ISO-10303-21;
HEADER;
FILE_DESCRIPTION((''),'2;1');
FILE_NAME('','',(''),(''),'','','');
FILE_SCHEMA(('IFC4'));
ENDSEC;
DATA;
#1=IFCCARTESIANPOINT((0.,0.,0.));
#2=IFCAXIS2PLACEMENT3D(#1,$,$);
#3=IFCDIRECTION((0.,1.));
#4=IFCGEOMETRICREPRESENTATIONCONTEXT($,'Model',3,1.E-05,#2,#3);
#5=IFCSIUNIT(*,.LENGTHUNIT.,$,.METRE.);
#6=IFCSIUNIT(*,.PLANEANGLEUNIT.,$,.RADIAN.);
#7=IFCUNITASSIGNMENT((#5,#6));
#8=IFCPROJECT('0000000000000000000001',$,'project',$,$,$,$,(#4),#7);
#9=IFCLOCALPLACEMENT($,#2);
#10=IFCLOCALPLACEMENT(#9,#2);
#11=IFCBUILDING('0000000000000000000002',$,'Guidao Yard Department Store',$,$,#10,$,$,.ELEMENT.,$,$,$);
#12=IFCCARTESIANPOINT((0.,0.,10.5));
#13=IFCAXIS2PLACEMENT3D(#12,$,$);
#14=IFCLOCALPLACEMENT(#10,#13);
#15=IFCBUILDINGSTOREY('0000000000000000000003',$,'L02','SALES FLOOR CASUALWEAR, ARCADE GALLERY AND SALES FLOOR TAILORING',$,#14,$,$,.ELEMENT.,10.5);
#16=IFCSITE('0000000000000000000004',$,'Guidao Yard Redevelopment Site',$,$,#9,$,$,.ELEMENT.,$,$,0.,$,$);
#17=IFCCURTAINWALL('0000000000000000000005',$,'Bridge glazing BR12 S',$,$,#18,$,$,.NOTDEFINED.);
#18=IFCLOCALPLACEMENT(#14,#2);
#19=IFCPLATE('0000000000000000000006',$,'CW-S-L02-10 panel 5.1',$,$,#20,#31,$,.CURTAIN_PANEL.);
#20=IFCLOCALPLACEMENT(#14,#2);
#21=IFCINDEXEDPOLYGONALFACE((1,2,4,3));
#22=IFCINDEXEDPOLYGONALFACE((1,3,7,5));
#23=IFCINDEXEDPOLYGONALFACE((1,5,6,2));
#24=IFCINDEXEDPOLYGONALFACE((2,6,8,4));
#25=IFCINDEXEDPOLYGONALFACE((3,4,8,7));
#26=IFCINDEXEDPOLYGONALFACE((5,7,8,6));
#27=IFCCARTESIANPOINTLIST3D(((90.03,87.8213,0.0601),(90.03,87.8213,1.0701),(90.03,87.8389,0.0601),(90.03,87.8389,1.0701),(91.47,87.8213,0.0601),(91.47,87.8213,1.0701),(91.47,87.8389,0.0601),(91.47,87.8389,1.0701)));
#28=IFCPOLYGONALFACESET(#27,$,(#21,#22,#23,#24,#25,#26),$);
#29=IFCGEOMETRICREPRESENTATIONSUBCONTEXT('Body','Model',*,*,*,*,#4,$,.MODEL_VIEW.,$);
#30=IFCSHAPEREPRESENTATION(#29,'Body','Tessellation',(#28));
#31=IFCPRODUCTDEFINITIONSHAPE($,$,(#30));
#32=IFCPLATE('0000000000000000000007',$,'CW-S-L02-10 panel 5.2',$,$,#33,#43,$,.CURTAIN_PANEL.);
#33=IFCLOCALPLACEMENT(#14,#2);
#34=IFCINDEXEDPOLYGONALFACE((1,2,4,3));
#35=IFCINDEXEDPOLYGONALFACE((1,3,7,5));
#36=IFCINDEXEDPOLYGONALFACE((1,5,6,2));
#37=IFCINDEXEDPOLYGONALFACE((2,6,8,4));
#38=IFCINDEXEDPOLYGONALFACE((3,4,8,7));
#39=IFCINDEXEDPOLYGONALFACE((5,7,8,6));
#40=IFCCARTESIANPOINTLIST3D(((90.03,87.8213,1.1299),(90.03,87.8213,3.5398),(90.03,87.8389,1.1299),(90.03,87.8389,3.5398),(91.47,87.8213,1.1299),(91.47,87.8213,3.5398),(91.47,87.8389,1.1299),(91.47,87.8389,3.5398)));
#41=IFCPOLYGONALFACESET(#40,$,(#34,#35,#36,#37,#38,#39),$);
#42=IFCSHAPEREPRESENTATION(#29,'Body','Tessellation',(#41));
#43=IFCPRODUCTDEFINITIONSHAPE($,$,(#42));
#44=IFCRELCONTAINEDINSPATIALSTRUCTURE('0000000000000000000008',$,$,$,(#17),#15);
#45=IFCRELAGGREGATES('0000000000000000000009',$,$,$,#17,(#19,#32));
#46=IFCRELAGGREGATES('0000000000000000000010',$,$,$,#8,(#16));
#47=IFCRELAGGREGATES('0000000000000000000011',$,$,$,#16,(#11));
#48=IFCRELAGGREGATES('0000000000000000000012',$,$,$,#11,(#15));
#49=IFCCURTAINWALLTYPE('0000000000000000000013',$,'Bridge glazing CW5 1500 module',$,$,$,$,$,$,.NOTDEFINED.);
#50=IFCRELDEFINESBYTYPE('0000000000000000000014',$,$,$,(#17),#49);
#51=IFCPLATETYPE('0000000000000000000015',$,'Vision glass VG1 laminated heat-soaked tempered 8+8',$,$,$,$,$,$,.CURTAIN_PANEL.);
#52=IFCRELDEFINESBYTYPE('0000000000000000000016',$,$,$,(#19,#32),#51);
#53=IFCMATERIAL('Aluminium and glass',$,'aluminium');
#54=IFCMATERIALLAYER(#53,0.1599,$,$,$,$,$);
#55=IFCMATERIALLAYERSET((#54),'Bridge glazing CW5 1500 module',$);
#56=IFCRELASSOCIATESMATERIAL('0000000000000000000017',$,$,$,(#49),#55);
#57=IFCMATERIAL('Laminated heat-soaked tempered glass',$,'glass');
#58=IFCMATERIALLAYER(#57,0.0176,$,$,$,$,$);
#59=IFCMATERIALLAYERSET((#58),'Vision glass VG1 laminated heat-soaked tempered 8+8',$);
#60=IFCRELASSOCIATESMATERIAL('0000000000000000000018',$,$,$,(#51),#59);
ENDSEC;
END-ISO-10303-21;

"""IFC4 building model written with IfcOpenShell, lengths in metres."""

from ifc_helpers import new_model, si_unit, direction, frame, origin, origin_2d, place, context, subcontext, project, spatial, rectangle, extrude, material, layer, layer_set, type_object, element, aggregate, save


model = new_model("IFC4")

# Units and contexts
model_context = context("Model", 3, precision=1e-05, world=origin(), true_north=direction((0.0, 1.0)))
body_context = subcontext(model_context, "Body", "Model", "MODEL_VIEW")
ifc_project = project(units=[si_unit("LENGTHUNIT", "METRE"), si_unit("PLANEANGLEUNIT", "RADIAN")], contexts=[model_context])

# Site, building, storey
site_placement = place(None, origin())
site = spatial("IfcSite", under=ifc_project, at=site_placement, Name="Guidao Yard Redevelopment Site", CompositionType="ELEMENT", RefElevation=0.0)
building_placement = place(site_placement, origin())
building = spatial("IfcBuilding", under=site, at=building_placement, Name="Guidao Yard Department Store", CompositionType="ELEMENT")
storey_placement = place(building_placement, frame((0.0, 0.0, 10.5)))
storey = spatial("IfcBuildingStorey", under=building, at=storey_placement, Name="L02", Description="SALES FLOOR CASUALWEAR, ARCADE GALLERY AND SALES FLOOR TAILORING", CompositionType="ELEMENT", Elevation=10.5)

# Curtain wall
ifc_material_1 = material(Name="Aluminium and glass", Category="aluminium")
ifc_layer_1 = layer(ifc_material_1, 0.1599)
ifc_layer_set_1 = layer_set([ifc_layer_1], Name="Bridge glazing CW5 1500 module")
curtain_wall_type = type_object("IfcCurtainWallType", Name="Bridge glazing CW5 1500 module", PredefinedType="NOTDEFINED", material=ifc_layer_set_1)
curtain_wall_1_placement = place(storey_placement, origin())
curtain_wall_1 = element("IfcCurtainWall", 1, at=curtain_wall_1_placement, inside=storey, type_object=curtain_wall_type, Name="Bridge glazing BR12 S", PredefinedType="NOTDEFINED")

# Plates
ifc_material_2 = material(Name="Laminated heat-soaked tempered glass", Category="glass")
ifc_layer_2 = layer(ifc_material_2, 0.0176)
ifc_layer_set_2 = layer_set([ifc_layer_2], Name="Vision glass VG1 laminated heat-soaked tempered 8+8")
plate_type_1 = type_object("IfcPlateType", Name="Vision glass VG1 laminated heat-soaked tempered 8+8", PredefinedType="CURTAIN_PANEL", material=ifc_layer_set_2)
plate_1_placement = place(storey_placement, frame((90.75, 87.8301, 0.0601), z_axis=(0.0, 0.0, 1.0), x_axis=(-1.0, 0.0, 0.0)))
plate_1 = element("IfcPlate", 2, at=plate_1_placement, type_object=plate_type_1, Name="CW-S-L02-10 panel 5.1", PredefinedType="CURTAIN_PANEL", context=body_context, shape_type="SweptSolid", body=[
    extrude(rectangle(XDim=1.4399, YDim=0.0176, at=origin_2d()), origin(), (0.0, 0.0, 1.0), 1.01),
])
plate_2_placement = place(storey_placement, frame((90.75, 87.8301, 1.1299), z_axis=(0.0, 0.0, 1.0), x_axis=(-1.0, 0.0, 0.0)))
plate_2 = element("IfcPlate", 3, at=plate_2_placement, type_object=plate_type_1, Name="CW-S-L02-10 panel 5.2", PredefinedType="CURTAIN_PANEL", context=body_context, shape_type="SweptSolid", body=[
    extrude(rectangle(XDim=1.4399, YDim=0.0176, at=origin_2d()), origin(), (0.0, 0.0, 1.0), 2.4099),
])
aggregate(curtain_wall_1, [plate_1, plate_2])

save(model, "model.ifc")
